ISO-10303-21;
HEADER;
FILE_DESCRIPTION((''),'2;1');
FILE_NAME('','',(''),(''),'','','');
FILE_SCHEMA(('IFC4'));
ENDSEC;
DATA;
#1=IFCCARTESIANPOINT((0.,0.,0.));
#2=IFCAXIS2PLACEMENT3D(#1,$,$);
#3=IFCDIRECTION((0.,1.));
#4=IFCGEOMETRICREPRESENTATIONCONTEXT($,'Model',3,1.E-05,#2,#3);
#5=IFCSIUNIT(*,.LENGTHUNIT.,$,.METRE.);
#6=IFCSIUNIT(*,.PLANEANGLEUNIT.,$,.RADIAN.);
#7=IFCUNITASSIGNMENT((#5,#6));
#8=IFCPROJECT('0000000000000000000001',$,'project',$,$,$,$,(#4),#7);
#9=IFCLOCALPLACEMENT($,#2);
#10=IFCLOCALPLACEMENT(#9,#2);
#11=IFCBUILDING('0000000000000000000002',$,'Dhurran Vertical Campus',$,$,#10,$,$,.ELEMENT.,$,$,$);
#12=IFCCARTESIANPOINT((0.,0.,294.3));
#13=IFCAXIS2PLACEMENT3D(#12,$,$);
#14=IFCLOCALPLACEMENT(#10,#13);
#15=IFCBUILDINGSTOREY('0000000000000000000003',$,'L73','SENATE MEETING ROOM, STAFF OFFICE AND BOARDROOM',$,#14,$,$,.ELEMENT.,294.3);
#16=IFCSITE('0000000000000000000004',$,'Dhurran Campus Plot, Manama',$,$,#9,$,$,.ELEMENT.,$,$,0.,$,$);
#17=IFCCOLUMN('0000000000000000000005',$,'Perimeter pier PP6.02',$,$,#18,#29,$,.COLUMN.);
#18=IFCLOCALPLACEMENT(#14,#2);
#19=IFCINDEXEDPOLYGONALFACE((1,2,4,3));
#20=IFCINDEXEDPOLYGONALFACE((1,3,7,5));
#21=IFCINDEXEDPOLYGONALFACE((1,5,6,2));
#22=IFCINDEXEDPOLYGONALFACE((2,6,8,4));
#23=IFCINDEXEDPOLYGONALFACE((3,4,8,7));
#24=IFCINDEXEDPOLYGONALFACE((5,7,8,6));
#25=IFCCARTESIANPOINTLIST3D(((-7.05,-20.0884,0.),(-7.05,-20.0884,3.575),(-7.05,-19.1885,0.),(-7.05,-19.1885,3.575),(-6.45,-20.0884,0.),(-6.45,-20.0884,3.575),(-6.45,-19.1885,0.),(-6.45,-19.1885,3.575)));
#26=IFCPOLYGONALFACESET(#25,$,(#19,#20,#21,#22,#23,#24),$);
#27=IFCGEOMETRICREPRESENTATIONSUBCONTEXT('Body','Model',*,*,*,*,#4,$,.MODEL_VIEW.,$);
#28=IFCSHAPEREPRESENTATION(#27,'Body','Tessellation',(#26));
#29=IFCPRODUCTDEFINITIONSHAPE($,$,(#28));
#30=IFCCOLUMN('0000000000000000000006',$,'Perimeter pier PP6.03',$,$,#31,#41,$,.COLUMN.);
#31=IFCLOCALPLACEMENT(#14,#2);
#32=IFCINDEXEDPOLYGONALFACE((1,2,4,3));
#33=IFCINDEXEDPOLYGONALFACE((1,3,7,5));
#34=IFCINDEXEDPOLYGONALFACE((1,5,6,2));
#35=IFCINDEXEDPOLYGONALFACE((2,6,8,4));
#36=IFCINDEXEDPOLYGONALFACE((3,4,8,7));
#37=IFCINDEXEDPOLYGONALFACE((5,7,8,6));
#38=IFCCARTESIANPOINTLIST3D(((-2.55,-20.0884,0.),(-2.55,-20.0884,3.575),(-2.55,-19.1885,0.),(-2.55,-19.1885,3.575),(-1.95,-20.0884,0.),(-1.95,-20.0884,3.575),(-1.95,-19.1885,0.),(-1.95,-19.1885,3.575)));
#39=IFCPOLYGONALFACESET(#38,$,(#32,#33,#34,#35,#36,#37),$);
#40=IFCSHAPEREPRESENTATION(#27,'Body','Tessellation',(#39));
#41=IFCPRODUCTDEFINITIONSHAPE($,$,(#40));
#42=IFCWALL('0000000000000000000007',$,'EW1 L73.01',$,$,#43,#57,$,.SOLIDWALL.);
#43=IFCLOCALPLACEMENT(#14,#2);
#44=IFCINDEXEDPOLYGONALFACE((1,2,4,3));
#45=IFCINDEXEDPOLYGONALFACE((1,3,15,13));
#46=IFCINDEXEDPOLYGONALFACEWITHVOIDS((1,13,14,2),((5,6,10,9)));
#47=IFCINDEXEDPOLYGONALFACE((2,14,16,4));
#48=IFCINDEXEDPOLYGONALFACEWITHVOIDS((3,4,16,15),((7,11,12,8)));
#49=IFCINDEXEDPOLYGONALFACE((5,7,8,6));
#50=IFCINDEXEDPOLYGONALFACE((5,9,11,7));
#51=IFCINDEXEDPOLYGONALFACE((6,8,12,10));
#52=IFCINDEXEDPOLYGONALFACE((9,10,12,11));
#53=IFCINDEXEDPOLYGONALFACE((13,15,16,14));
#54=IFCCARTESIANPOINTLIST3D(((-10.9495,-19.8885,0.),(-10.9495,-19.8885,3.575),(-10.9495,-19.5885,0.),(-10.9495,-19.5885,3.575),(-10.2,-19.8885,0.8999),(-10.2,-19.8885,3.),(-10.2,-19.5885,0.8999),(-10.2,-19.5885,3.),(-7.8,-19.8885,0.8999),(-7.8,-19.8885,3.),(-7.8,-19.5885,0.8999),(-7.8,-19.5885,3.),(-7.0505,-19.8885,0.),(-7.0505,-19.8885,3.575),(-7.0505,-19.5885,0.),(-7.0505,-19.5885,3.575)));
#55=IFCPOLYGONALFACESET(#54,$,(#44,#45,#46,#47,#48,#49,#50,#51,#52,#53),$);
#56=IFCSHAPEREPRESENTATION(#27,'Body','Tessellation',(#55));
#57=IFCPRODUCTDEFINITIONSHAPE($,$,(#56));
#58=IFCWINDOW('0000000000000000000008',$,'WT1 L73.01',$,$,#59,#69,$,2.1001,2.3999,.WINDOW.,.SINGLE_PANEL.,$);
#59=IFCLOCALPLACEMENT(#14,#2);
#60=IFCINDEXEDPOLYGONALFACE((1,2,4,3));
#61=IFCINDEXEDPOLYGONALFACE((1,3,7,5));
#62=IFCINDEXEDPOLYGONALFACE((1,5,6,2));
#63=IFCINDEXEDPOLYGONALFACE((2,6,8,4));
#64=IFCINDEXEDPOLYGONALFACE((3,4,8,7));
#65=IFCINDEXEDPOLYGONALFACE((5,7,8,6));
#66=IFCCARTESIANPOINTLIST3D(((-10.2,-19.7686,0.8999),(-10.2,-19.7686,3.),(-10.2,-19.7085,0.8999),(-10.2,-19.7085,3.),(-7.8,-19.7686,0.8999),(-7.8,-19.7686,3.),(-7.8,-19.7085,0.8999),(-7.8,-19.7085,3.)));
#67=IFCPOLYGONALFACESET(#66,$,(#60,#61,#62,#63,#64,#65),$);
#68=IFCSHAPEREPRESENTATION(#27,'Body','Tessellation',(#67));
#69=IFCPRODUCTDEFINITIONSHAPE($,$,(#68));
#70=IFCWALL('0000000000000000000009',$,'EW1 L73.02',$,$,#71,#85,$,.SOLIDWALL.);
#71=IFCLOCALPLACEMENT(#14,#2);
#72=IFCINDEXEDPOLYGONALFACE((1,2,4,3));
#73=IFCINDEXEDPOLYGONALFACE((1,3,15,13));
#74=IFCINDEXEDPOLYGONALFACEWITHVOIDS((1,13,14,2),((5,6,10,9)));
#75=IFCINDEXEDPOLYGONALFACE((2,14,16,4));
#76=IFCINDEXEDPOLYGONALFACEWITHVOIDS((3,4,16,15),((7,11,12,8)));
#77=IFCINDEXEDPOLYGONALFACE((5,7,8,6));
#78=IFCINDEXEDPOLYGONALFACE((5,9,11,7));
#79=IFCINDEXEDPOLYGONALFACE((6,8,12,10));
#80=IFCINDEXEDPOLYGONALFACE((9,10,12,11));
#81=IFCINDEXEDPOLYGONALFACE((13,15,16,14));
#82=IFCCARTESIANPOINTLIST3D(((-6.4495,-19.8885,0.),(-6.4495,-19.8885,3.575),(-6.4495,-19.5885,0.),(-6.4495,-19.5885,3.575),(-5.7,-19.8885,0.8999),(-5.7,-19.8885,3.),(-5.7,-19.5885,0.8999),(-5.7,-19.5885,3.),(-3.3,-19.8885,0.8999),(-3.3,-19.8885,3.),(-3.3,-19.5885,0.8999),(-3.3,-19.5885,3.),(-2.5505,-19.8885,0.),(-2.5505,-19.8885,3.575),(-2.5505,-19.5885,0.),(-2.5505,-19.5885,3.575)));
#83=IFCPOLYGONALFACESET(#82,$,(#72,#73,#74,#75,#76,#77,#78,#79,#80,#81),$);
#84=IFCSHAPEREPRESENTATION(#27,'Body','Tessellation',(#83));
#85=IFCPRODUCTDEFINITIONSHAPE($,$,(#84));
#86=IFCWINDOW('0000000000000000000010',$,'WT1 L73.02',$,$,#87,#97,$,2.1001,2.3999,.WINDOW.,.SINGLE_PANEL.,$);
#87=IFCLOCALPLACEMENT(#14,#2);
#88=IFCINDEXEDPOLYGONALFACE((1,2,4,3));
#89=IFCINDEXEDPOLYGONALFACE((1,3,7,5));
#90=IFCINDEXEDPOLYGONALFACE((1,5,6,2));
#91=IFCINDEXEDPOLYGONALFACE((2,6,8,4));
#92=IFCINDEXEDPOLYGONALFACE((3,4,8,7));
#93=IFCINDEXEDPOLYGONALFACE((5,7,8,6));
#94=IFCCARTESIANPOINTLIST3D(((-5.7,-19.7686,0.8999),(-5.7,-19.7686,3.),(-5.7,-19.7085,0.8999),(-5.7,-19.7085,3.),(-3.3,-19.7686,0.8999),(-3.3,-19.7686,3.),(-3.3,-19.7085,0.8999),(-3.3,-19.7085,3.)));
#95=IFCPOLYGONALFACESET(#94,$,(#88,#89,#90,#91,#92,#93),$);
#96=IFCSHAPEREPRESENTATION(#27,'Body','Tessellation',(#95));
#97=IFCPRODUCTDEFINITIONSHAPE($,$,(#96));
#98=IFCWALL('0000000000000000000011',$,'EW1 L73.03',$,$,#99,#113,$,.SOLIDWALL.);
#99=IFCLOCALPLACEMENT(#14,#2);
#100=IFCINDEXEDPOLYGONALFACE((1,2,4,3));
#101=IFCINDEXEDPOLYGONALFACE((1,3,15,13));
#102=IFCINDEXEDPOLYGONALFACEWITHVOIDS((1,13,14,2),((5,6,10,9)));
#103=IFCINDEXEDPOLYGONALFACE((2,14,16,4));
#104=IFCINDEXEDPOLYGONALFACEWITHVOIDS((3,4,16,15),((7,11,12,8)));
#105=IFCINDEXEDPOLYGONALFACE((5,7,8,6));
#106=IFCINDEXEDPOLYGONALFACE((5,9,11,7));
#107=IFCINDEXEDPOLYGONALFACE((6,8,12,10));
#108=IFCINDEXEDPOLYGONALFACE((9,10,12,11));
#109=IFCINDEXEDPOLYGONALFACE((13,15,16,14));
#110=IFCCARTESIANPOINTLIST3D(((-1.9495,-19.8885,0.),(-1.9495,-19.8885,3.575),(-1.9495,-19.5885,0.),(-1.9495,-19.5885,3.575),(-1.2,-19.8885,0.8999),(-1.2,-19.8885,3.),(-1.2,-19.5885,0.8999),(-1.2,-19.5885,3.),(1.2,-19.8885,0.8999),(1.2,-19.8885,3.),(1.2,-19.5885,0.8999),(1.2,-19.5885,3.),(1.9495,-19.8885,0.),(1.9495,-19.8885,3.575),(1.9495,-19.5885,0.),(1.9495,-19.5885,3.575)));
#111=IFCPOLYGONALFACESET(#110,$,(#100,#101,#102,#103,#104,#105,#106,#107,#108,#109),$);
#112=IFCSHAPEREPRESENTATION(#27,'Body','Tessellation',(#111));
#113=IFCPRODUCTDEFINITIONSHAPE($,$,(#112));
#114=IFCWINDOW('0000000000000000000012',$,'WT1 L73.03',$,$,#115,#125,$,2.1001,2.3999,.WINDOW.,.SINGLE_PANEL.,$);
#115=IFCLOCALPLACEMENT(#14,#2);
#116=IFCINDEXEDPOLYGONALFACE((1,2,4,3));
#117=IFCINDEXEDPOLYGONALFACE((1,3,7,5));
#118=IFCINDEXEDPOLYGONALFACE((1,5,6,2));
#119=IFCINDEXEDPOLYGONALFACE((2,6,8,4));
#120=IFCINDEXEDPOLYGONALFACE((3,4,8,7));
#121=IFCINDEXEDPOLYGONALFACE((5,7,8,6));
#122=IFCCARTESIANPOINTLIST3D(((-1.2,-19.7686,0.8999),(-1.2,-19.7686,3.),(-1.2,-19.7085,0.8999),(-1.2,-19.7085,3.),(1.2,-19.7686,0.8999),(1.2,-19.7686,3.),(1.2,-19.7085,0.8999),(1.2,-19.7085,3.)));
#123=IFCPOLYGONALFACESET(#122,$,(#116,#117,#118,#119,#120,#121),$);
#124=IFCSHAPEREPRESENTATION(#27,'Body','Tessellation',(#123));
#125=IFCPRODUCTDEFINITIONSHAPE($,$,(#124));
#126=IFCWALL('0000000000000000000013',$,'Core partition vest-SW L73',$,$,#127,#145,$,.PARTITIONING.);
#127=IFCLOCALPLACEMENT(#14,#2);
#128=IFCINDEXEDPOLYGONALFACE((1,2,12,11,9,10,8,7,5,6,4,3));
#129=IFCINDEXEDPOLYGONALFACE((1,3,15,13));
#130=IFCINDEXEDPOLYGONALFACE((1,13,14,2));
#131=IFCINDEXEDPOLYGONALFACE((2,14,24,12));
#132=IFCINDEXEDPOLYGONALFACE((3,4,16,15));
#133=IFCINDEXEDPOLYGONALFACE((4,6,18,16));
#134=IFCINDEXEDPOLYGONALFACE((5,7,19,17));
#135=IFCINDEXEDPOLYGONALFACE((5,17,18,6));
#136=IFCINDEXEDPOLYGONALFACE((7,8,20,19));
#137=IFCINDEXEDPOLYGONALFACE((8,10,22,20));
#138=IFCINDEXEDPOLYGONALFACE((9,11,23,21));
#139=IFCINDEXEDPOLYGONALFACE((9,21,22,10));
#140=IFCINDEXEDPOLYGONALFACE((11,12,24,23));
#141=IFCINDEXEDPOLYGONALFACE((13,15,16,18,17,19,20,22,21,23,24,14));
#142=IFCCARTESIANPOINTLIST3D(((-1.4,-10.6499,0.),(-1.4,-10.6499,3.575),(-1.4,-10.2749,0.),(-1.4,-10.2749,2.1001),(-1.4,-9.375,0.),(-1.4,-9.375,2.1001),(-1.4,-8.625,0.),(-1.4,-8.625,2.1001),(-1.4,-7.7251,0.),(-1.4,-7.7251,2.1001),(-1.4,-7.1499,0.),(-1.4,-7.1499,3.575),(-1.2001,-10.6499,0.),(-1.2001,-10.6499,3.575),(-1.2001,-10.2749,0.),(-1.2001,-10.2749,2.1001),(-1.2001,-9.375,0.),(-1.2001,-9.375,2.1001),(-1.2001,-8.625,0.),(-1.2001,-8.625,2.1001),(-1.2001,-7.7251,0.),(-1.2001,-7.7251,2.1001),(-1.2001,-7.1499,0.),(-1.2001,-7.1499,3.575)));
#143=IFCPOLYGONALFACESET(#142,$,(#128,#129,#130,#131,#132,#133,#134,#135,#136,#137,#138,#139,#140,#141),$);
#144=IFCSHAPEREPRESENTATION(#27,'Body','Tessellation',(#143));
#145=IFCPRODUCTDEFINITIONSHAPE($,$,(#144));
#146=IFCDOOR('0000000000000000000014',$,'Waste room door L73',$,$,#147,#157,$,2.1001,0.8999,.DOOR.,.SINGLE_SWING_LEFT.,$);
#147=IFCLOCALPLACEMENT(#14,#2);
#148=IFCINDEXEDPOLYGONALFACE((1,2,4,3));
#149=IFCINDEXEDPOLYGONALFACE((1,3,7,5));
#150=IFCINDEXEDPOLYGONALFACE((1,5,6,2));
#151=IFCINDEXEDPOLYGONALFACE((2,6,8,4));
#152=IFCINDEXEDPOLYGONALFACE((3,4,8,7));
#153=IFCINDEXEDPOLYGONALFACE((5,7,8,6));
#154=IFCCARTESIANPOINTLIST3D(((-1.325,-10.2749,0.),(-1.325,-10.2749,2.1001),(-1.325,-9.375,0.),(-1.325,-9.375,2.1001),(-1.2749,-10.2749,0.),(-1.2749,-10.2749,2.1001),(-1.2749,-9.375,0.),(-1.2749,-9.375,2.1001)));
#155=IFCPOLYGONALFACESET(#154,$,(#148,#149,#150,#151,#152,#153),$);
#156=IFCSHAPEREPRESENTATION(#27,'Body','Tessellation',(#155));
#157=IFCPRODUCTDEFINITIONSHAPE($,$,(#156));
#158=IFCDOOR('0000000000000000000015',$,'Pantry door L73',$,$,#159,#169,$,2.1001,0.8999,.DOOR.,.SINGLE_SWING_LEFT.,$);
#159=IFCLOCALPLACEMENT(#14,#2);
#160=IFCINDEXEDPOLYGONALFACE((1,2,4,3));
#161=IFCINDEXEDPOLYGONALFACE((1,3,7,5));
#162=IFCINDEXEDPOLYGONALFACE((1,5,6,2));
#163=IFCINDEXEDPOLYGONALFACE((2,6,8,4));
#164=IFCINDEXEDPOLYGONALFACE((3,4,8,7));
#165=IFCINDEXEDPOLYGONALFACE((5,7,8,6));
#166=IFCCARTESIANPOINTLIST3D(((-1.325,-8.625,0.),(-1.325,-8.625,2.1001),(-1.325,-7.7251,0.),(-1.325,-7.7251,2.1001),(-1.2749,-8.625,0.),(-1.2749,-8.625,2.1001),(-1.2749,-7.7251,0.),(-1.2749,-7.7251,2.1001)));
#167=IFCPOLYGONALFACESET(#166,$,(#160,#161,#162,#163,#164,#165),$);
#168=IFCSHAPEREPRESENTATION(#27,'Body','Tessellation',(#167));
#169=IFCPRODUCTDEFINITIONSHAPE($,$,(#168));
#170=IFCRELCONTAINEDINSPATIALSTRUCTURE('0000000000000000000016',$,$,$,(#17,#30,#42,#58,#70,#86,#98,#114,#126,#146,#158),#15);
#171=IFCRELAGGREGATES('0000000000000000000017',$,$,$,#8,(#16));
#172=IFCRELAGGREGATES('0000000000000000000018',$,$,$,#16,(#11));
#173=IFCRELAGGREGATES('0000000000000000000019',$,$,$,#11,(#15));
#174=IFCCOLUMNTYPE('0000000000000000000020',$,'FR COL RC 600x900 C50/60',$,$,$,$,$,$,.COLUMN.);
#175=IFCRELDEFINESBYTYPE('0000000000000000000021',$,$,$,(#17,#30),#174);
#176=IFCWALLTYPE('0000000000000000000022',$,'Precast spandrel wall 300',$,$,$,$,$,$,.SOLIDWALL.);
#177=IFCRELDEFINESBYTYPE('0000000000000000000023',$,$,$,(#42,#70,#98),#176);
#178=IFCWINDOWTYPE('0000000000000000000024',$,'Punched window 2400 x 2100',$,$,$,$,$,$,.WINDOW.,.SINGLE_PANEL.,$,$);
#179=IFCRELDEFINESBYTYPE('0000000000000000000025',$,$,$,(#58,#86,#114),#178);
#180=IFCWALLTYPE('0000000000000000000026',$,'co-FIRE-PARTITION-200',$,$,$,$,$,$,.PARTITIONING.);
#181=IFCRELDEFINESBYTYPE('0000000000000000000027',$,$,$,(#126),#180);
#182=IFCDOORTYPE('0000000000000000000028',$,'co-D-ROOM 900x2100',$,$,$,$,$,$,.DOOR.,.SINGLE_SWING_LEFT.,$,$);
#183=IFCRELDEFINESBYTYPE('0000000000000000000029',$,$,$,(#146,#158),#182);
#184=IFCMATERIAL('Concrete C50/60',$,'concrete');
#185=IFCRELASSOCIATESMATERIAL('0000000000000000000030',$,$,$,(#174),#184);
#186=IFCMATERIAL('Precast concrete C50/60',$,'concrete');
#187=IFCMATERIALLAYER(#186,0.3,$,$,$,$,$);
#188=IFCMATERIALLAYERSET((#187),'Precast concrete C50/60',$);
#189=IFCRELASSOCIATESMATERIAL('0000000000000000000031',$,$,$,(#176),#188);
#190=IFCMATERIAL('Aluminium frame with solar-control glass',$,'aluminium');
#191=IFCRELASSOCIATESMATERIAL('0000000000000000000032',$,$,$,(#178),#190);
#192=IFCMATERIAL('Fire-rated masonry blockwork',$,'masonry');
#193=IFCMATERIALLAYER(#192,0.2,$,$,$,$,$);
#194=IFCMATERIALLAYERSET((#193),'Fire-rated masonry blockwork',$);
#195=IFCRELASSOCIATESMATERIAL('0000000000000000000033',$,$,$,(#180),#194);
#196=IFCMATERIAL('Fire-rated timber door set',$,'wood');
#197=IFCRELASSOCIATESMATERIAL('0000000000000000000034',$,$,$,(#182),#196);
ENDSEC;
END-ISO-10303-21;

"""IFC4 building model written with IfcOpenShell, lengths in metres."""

from ifc_helpers import new_model, si_unit, direction, frame, frame_2d, origin, origin_2d, place, context, subcontext, project, spatial, rectangle, extrude, material, layer, layer_set, material_profile, profile_set, type_object, element, fill, save


model = new_model("IFC4")

# Units and contexts
model_context = context("Model", 3, precision=1e-05, world=origin(), true_north=direction((0.0, 1.0)))
body_context = subcontext(model_context, "Body", "Model", "MODEL_VIEW")
ifc_project = project(units=[si_unit("LENGTHUNIT", "METRE"), si_unit("PLANEANGLEUNIT", "RADIAN")], contexts=[model_context])

# Site, building, storey
site_placement = place(None, origin())
site = spatial("IfcSite", under=ifc_project, at=site_placement, Name="Dhurran Campus Plot, Manama", CompositionType="ELEMENT", RefElevation=0.0)
building_placement = place(site_placement, origin())
building = spatial("IfcBuilding", under=site, at=building_placement, Name="Dhurran Vertical Campus", CompositionType="ELEMENT")
storey_placement = place(building_placement, frame((0.0, 0.0, 294.3)))
storey = spatial("IfcBuildingStorey", under=building, at=storey_placement, Name="L73", Description="SENATE MEETING ROOM, STAFF OFFICE AND BOARDROOM", CompositionType="ELEMENT", Elevation=294.3)

# Columns
ifc_material_1 = material(Name="Concrete C50/60", Category="concrete")
ifc_material_profile = material_profile(ifc_material_1, rectangle(XDim=0.6001, YDim=0.8999, at=origin_2d()), Name="RC 600x900")
ifc_profile_set = profile_set([ifc_material_profile], Name="Concrete C50/60")
column_type = type_object("IfcColumnType", Name="FR COL RC 600x900 C50/60", PredefinedType="COLUMN", material=ifc_profile_set)
for number, where, z_axis, x_axis, name in (
    (1, (-6.75, -19.6384, 0.0), (0.0, 0.0, 1.0), (1.0, 0.0, 0.0), "Perimeter pier PP6.02"),
    (2, (-2.25, -19.6384, 0.0), (0.0, 0.0, 1.0), (1.0, 0.0, 0.0), "Perimeter pier PP6.03"),
):
    element("IfcColumn", number, at=place(storey_placement, frame(where, z_axis=z_axis, x_axis=x_axis)), inside=storey, type_object=column_type, Name=name, PredefinedType="COLUMN", context=body_context, shape_type="SweptSolid", body=[
        extrude(rectangle(XDim=0.6001, YDim=0.8999, at=origin_2d()), origin(), (0.0, 0.0, 1.0), 3.575),
    ])

# Walls, openings, windows
ifc_material_2 = material(Name="Precast concrete C50/60", Category="concrete")
ifc_layer_1 = layer(ifc_material_2, 0.3)
ifc_layer_set_1 = layer_set([ifc_layer_1], Name="Precast concrete C50/60")
wall_type_1 = type_object("IfcWallType", Name="Precast spandrel wall 300", PredefinedType="SOLIDWALL", material=ifc_layer_set_1)
wall_1_placement = place(storey_placement, frame((-10.9495, -19.7385, 0.0), z_axis=(0.0, 0.0, 1.0), x_axis=(1.0, 0.0, 0.0)))
wall_1 = element("IfcWall", 3, at=wall_1_placement, inside=storey, type_object=wall_type_1, Name="EW1 L73.01", PredefinedType="SOLIDWALL", context=body_context, shape_type="SweptSolid", body=[
    extrude(rectangle(XDim=3.8989, YDim=0.3, at=frame_2d((1.9495, 0.0))), origin(), (0.0, 0.0, 1.0), 3.575),
])
opening_1_placement = place(wall_1_placement, frame((0.7495, 0.0, 0.8999)))
opening_1 = element("IfcOpeningElement", 4, at=opening_1_placement, cuts=wall_1, PredefinedType="OPENING", context=body_context, shape_type="SweptSolid", body=[
    extrude(rectangle(XDim=2.3999, YDim=2.1001, at=frame_2d((1.2, 1.05))), frame((0.0, 0.1599, 0.0), z_axis=(0.0, -1.0, 0.0), x_axis=(1.0, 0.0, 0.0)), (0.0, 0.0, 1.0), 0.3201),
])
ifc_material_3 = material(Name="Aluminium frame with solar-control glass", Category="aluminium")
window_type = type_object("IfcWindowType", Name="Punched window 2400 x 2100", PartitioningType="SINGLE_PANEL", PredefinedType="WINDOW", material=ifc_material_3)
window_1_placement = place(opening_1_placement, origin())
window_1 = element("IfcWindow", 5, at=window_1_placement, inside=storey, type_object=window_type, Name="WT1 L73.01", OverallHeight=2.1001, OverallWidth=2.3999, PartitioningType="SINGLE_PANEL", PredefinedType="WINDOW", context=body_context, shape_type="SweptSolid", body=[
    extrude(rectangle(XDim=2.3999, YDim=2.1001, at=frame_2d((1.2, 1.05))), frame((0.0, 0.03, 0.0), z_axis=(0.0, -1.0, 0.0), x_axis=(1.0, 0.0, 0.0)), (0.0, 0.0, 1.0), 0.0601),
])
fill(opening_1, window_1)
wall_2_placement = place(storey_placement, frame((-6.4495, -19.7385, 0.0), z_axis=(0.0, 0.0, 1.0), x_axis=(1.0, 0.0, 0.0)))
wall_2 = element("IfcWall", 6, at=wall_2_placement, inside=storey, type_object=wall_type_1, Name="EW1 L73.02", PredefinedType="SOLIDWALL", context=body_context, shape_type="SweptSolid", body=[
    extrude(rectangle(XDim=3.8989, YDim=0.3, at=frame_2d((1.9495, 0.0))), origin(), (0.0, 0.0, 1.0), 3.575),
])
opening_2_placement = place(wall_2_placement, frame((0.7495, 0.0, 0.8999)))
opening_2 = element("IfcOpeningElement", 7, at=opening_2_placement, cuts=wall_2, PredefinedType="OPENING", context=body_context, shape_type="SweptSolid", body=[
    extrude(rectangle(XDim=2.3999, YDim=2.1001, at=frame_2d((1.2, 1.05))), frame((0.0, 0.1599, 0.0), z_axis=(0.0, -1.0, 0.0), x_axis=(1.0, 0.0, 0.0)), (0.0, 0.0, 1.0), 0.3201),
])
window_2_placement = place(opening_2_placement, origin())
window_2 = element("IfcWindow", 8, at=window_2_placement, inside=storey, type_object=window_type, Name="WT1 L73.02", OverallHeight=2.1001, OverallWidth=2.3999, PartitioningType="SINGLE_PANEL", PredefinedType="WINDOW", context=body_context, shape_type="SweptSolid", body=[
    extrude(rectangle(XDim=2.3999, YDim=2.1001, at=frame_2d((1.2, 1.05))), frame((0.0, 0.03, 0.0), z_axis=(0.0, -1.0, 0.0), x_axis=(1.0, 0.0, 0.0)), (0.0, 0.0, 1.0), 0.0601),
])
fill(opening_2, window_2)
wall_3_placement = place(storey_placement, frame((-1.9495, -19.7385, 0.0), z_axis=(0.0, 0.0, 1.0), x_axis=(1.0, 0.0, 0.0)))
wall_3 = element("IfcWall", 9, at=wall_3_placement, inside=storey, type_object=wall_type_1, Name="EW1 L73.03", PredefinedType="SOLIDWALL", context=body_context, shape_type="SweptSolid", body=[
    extrude(rectangle(XDim=3.8989, YDim=0.3, at=frame_2d((1.9495, 0.0))), origin(), (0.0, 0.0, 1.0), 3.575),
])
opening_3_placement = place(wall_3_placement, frame((0.7495, 0.0, 0.8999)))
opening_3 = element("IfcOpeningElement", 10, at=opening_3_placement, cuts=wall_3, PredefinedType="OPENING", context=body_context, shape_type="SweptSolid", body=[
    extrude(rectangle(XDim=2.3999, YDim=2.1001, at=frame_2d((1.2, 1.05))), frame((0.0, 0.1599, 0.0), z_axis=(0.0, -1.0, 0.0), x_axis=(1.0, 0.0, 0.0)), (0.0, 0.0, 1.0), 0.3201),
])
window_3_placement = place(opening_3_placement, origin())
window_3 = element("IfcWindow", 11, at=window_3_placement, inside=storey, type_object=window_type, Name="WT1 L73.03", OverallHeight=2.1001, OverallWidth=2.3999, PartitioningType="SINGLE_PANEL", PredefinedType="WINDOW", context=body_context, shape_type="SweptSolid", body=[
    extrude(rectangle(XDim=2.3999, YDim=2.1001, at=frame_2d((1.2, 1.05))), frame((0.0, 0.03, 0.0), z_axis=(0.0, -1.0, 0.0), x_axis=(1.0, 0.0, 0.0)), (0.0, 0.0, 1.0), 0.0601),
])
fill(opening_3, window_3)

# Wall, openings, doors
ifc_material_4 = material(Name="Fire-rated masonry blockwork", Category="masonry")
ifc_layer_2 = layer(ifc_material_4, 0.2)
ifc_layer_set_2 = layer_set([ifc_layer_2], Name="Fire-rated masonry blockwork")
wall_type_2 = type_object("IfcWallType", Name="co-FIRE-PARTITION-200", PredefinedType="PARTITIONING", material=ifc_layer_set_2)
wall_4_placement = place(storey_placement, frame((-1.3, -10.6499, 0.0), z_axis=(0.0, 0.0, 1.0), x_axis=(0.0, 1.0, 0.0)))
wall_4 = element("IfcWall", 12, at=wall_4_placement, inside=storey, type_object=wall_type_2, Name="Core partition vest-SW L73", PredefinedType="PARTITIONING", context=body_context, shape_type="SweptSolid", body=[
    extrude(rectangle(XDim=3.5, YDim=0.2, at=frame_2d((1.75, 0.0))), origin(), (0.0, 0.0, 1.0), 3.575),
])
opening_4_placement = place(wall_4_placement, frame((0.375, 0.0, 0.0)))
opening_4 = element("IfcOpeningElement", 13, at=opening_4_placement, cuts=wall_4, PredefinedType="OPENING", context=body_context, shape_type="SweptSolid", body=[
    extrude(rectangle(XDim=0.8999, YDim=2.1001, at=frame_2d((0.45, 1.05))), frame((0.0, 0.1099, 0.0), z_axis=(0.0, -1.0, 0.0), x_axis=(1.0, 0.0, 0.0)), (0.0, 0.0, 1.0), 0.22),
])
opening_5_placement = place(wall_4_placement, frame((2.0249, 0.0, 0.0)))
opening_5 = element("IfcOpeningElement", 14, at=opening_5_placement, cuts=wall_4, PredefinedType="OPENING", context=body_context, shape_type="SweptSolid", body=[
    extrude(rectangle(XDim=0.8999, YDim=2.1001, at=frame_2d((0.45, 1.05))), frame((0.0, 0.1099, 0.0), z_axis=(0.0, -1.0, 0.0), x_axis=(1.0, 0.0, 0.0)), (0.0, 0.0, 1.0), 0.22),
])
ifc_material_5 = material(Name="Fire-rated timber door set", Category="wood")
door_type_1 = type_object("IfcDoorType", Name="co-D-ROOM 900x2100", OperationType="SINGLE_SWING_LEFT", PredefinedType="DOOR", material=ifc_material_5)
door_1_placement = place(opening_4_placement, origin())
door_1 = element("IfcDoor", 15, at=door_1_placement, inside=storey, type_object=door_type_1, Name="Waste room door L73", OperationType="SINGLE_SWING_LEFT", OverallHeight=2.1001, OverallWidth=0.8999, PredefinedType="DOOR", context=body_context, shape_type="SweptSolid", body=[
    extrude(rectangle(XDim=0.8999, YDim=2.1001, at=frame_2d((0.45, 1.05))), frame((0.0, 0.0249, 0.0), z_axis=(0.0, -1.0, 0.0), x_axis=(1.0, 0.0, 0.0)), (0.0, 0.0, 1.0), 0.05),
])
fill(opening_4, door_1)
door_2_placement = place(opening_5_placement, origin())
door_2 = element("IfcDoor", 16, at=door_2_placement, inside=storey, type_object=door_type_1, Name="Pantry door L73", OperationType="SINGLE_SWING_LEFT", OverallHeight=2.1001, OverallWidth=0.8999, PredefinedType="DOOR", context=body_context, shape_type="SweptSolid", body=[
    extrude(rectangle(XDim=0.8999, YDim=2.1001, at=frame_2d((0.45, 1.05))), frame((0.0, 0.0249, 0.0), z_axis=(0.0, -1.0, 0.0), x_axis=(1.0, 0.0, 0.0)), (0.0, 0.0, 1.0), 0.05),
])
fill(opening_5, door_2)

save(model, "model.ifc")
